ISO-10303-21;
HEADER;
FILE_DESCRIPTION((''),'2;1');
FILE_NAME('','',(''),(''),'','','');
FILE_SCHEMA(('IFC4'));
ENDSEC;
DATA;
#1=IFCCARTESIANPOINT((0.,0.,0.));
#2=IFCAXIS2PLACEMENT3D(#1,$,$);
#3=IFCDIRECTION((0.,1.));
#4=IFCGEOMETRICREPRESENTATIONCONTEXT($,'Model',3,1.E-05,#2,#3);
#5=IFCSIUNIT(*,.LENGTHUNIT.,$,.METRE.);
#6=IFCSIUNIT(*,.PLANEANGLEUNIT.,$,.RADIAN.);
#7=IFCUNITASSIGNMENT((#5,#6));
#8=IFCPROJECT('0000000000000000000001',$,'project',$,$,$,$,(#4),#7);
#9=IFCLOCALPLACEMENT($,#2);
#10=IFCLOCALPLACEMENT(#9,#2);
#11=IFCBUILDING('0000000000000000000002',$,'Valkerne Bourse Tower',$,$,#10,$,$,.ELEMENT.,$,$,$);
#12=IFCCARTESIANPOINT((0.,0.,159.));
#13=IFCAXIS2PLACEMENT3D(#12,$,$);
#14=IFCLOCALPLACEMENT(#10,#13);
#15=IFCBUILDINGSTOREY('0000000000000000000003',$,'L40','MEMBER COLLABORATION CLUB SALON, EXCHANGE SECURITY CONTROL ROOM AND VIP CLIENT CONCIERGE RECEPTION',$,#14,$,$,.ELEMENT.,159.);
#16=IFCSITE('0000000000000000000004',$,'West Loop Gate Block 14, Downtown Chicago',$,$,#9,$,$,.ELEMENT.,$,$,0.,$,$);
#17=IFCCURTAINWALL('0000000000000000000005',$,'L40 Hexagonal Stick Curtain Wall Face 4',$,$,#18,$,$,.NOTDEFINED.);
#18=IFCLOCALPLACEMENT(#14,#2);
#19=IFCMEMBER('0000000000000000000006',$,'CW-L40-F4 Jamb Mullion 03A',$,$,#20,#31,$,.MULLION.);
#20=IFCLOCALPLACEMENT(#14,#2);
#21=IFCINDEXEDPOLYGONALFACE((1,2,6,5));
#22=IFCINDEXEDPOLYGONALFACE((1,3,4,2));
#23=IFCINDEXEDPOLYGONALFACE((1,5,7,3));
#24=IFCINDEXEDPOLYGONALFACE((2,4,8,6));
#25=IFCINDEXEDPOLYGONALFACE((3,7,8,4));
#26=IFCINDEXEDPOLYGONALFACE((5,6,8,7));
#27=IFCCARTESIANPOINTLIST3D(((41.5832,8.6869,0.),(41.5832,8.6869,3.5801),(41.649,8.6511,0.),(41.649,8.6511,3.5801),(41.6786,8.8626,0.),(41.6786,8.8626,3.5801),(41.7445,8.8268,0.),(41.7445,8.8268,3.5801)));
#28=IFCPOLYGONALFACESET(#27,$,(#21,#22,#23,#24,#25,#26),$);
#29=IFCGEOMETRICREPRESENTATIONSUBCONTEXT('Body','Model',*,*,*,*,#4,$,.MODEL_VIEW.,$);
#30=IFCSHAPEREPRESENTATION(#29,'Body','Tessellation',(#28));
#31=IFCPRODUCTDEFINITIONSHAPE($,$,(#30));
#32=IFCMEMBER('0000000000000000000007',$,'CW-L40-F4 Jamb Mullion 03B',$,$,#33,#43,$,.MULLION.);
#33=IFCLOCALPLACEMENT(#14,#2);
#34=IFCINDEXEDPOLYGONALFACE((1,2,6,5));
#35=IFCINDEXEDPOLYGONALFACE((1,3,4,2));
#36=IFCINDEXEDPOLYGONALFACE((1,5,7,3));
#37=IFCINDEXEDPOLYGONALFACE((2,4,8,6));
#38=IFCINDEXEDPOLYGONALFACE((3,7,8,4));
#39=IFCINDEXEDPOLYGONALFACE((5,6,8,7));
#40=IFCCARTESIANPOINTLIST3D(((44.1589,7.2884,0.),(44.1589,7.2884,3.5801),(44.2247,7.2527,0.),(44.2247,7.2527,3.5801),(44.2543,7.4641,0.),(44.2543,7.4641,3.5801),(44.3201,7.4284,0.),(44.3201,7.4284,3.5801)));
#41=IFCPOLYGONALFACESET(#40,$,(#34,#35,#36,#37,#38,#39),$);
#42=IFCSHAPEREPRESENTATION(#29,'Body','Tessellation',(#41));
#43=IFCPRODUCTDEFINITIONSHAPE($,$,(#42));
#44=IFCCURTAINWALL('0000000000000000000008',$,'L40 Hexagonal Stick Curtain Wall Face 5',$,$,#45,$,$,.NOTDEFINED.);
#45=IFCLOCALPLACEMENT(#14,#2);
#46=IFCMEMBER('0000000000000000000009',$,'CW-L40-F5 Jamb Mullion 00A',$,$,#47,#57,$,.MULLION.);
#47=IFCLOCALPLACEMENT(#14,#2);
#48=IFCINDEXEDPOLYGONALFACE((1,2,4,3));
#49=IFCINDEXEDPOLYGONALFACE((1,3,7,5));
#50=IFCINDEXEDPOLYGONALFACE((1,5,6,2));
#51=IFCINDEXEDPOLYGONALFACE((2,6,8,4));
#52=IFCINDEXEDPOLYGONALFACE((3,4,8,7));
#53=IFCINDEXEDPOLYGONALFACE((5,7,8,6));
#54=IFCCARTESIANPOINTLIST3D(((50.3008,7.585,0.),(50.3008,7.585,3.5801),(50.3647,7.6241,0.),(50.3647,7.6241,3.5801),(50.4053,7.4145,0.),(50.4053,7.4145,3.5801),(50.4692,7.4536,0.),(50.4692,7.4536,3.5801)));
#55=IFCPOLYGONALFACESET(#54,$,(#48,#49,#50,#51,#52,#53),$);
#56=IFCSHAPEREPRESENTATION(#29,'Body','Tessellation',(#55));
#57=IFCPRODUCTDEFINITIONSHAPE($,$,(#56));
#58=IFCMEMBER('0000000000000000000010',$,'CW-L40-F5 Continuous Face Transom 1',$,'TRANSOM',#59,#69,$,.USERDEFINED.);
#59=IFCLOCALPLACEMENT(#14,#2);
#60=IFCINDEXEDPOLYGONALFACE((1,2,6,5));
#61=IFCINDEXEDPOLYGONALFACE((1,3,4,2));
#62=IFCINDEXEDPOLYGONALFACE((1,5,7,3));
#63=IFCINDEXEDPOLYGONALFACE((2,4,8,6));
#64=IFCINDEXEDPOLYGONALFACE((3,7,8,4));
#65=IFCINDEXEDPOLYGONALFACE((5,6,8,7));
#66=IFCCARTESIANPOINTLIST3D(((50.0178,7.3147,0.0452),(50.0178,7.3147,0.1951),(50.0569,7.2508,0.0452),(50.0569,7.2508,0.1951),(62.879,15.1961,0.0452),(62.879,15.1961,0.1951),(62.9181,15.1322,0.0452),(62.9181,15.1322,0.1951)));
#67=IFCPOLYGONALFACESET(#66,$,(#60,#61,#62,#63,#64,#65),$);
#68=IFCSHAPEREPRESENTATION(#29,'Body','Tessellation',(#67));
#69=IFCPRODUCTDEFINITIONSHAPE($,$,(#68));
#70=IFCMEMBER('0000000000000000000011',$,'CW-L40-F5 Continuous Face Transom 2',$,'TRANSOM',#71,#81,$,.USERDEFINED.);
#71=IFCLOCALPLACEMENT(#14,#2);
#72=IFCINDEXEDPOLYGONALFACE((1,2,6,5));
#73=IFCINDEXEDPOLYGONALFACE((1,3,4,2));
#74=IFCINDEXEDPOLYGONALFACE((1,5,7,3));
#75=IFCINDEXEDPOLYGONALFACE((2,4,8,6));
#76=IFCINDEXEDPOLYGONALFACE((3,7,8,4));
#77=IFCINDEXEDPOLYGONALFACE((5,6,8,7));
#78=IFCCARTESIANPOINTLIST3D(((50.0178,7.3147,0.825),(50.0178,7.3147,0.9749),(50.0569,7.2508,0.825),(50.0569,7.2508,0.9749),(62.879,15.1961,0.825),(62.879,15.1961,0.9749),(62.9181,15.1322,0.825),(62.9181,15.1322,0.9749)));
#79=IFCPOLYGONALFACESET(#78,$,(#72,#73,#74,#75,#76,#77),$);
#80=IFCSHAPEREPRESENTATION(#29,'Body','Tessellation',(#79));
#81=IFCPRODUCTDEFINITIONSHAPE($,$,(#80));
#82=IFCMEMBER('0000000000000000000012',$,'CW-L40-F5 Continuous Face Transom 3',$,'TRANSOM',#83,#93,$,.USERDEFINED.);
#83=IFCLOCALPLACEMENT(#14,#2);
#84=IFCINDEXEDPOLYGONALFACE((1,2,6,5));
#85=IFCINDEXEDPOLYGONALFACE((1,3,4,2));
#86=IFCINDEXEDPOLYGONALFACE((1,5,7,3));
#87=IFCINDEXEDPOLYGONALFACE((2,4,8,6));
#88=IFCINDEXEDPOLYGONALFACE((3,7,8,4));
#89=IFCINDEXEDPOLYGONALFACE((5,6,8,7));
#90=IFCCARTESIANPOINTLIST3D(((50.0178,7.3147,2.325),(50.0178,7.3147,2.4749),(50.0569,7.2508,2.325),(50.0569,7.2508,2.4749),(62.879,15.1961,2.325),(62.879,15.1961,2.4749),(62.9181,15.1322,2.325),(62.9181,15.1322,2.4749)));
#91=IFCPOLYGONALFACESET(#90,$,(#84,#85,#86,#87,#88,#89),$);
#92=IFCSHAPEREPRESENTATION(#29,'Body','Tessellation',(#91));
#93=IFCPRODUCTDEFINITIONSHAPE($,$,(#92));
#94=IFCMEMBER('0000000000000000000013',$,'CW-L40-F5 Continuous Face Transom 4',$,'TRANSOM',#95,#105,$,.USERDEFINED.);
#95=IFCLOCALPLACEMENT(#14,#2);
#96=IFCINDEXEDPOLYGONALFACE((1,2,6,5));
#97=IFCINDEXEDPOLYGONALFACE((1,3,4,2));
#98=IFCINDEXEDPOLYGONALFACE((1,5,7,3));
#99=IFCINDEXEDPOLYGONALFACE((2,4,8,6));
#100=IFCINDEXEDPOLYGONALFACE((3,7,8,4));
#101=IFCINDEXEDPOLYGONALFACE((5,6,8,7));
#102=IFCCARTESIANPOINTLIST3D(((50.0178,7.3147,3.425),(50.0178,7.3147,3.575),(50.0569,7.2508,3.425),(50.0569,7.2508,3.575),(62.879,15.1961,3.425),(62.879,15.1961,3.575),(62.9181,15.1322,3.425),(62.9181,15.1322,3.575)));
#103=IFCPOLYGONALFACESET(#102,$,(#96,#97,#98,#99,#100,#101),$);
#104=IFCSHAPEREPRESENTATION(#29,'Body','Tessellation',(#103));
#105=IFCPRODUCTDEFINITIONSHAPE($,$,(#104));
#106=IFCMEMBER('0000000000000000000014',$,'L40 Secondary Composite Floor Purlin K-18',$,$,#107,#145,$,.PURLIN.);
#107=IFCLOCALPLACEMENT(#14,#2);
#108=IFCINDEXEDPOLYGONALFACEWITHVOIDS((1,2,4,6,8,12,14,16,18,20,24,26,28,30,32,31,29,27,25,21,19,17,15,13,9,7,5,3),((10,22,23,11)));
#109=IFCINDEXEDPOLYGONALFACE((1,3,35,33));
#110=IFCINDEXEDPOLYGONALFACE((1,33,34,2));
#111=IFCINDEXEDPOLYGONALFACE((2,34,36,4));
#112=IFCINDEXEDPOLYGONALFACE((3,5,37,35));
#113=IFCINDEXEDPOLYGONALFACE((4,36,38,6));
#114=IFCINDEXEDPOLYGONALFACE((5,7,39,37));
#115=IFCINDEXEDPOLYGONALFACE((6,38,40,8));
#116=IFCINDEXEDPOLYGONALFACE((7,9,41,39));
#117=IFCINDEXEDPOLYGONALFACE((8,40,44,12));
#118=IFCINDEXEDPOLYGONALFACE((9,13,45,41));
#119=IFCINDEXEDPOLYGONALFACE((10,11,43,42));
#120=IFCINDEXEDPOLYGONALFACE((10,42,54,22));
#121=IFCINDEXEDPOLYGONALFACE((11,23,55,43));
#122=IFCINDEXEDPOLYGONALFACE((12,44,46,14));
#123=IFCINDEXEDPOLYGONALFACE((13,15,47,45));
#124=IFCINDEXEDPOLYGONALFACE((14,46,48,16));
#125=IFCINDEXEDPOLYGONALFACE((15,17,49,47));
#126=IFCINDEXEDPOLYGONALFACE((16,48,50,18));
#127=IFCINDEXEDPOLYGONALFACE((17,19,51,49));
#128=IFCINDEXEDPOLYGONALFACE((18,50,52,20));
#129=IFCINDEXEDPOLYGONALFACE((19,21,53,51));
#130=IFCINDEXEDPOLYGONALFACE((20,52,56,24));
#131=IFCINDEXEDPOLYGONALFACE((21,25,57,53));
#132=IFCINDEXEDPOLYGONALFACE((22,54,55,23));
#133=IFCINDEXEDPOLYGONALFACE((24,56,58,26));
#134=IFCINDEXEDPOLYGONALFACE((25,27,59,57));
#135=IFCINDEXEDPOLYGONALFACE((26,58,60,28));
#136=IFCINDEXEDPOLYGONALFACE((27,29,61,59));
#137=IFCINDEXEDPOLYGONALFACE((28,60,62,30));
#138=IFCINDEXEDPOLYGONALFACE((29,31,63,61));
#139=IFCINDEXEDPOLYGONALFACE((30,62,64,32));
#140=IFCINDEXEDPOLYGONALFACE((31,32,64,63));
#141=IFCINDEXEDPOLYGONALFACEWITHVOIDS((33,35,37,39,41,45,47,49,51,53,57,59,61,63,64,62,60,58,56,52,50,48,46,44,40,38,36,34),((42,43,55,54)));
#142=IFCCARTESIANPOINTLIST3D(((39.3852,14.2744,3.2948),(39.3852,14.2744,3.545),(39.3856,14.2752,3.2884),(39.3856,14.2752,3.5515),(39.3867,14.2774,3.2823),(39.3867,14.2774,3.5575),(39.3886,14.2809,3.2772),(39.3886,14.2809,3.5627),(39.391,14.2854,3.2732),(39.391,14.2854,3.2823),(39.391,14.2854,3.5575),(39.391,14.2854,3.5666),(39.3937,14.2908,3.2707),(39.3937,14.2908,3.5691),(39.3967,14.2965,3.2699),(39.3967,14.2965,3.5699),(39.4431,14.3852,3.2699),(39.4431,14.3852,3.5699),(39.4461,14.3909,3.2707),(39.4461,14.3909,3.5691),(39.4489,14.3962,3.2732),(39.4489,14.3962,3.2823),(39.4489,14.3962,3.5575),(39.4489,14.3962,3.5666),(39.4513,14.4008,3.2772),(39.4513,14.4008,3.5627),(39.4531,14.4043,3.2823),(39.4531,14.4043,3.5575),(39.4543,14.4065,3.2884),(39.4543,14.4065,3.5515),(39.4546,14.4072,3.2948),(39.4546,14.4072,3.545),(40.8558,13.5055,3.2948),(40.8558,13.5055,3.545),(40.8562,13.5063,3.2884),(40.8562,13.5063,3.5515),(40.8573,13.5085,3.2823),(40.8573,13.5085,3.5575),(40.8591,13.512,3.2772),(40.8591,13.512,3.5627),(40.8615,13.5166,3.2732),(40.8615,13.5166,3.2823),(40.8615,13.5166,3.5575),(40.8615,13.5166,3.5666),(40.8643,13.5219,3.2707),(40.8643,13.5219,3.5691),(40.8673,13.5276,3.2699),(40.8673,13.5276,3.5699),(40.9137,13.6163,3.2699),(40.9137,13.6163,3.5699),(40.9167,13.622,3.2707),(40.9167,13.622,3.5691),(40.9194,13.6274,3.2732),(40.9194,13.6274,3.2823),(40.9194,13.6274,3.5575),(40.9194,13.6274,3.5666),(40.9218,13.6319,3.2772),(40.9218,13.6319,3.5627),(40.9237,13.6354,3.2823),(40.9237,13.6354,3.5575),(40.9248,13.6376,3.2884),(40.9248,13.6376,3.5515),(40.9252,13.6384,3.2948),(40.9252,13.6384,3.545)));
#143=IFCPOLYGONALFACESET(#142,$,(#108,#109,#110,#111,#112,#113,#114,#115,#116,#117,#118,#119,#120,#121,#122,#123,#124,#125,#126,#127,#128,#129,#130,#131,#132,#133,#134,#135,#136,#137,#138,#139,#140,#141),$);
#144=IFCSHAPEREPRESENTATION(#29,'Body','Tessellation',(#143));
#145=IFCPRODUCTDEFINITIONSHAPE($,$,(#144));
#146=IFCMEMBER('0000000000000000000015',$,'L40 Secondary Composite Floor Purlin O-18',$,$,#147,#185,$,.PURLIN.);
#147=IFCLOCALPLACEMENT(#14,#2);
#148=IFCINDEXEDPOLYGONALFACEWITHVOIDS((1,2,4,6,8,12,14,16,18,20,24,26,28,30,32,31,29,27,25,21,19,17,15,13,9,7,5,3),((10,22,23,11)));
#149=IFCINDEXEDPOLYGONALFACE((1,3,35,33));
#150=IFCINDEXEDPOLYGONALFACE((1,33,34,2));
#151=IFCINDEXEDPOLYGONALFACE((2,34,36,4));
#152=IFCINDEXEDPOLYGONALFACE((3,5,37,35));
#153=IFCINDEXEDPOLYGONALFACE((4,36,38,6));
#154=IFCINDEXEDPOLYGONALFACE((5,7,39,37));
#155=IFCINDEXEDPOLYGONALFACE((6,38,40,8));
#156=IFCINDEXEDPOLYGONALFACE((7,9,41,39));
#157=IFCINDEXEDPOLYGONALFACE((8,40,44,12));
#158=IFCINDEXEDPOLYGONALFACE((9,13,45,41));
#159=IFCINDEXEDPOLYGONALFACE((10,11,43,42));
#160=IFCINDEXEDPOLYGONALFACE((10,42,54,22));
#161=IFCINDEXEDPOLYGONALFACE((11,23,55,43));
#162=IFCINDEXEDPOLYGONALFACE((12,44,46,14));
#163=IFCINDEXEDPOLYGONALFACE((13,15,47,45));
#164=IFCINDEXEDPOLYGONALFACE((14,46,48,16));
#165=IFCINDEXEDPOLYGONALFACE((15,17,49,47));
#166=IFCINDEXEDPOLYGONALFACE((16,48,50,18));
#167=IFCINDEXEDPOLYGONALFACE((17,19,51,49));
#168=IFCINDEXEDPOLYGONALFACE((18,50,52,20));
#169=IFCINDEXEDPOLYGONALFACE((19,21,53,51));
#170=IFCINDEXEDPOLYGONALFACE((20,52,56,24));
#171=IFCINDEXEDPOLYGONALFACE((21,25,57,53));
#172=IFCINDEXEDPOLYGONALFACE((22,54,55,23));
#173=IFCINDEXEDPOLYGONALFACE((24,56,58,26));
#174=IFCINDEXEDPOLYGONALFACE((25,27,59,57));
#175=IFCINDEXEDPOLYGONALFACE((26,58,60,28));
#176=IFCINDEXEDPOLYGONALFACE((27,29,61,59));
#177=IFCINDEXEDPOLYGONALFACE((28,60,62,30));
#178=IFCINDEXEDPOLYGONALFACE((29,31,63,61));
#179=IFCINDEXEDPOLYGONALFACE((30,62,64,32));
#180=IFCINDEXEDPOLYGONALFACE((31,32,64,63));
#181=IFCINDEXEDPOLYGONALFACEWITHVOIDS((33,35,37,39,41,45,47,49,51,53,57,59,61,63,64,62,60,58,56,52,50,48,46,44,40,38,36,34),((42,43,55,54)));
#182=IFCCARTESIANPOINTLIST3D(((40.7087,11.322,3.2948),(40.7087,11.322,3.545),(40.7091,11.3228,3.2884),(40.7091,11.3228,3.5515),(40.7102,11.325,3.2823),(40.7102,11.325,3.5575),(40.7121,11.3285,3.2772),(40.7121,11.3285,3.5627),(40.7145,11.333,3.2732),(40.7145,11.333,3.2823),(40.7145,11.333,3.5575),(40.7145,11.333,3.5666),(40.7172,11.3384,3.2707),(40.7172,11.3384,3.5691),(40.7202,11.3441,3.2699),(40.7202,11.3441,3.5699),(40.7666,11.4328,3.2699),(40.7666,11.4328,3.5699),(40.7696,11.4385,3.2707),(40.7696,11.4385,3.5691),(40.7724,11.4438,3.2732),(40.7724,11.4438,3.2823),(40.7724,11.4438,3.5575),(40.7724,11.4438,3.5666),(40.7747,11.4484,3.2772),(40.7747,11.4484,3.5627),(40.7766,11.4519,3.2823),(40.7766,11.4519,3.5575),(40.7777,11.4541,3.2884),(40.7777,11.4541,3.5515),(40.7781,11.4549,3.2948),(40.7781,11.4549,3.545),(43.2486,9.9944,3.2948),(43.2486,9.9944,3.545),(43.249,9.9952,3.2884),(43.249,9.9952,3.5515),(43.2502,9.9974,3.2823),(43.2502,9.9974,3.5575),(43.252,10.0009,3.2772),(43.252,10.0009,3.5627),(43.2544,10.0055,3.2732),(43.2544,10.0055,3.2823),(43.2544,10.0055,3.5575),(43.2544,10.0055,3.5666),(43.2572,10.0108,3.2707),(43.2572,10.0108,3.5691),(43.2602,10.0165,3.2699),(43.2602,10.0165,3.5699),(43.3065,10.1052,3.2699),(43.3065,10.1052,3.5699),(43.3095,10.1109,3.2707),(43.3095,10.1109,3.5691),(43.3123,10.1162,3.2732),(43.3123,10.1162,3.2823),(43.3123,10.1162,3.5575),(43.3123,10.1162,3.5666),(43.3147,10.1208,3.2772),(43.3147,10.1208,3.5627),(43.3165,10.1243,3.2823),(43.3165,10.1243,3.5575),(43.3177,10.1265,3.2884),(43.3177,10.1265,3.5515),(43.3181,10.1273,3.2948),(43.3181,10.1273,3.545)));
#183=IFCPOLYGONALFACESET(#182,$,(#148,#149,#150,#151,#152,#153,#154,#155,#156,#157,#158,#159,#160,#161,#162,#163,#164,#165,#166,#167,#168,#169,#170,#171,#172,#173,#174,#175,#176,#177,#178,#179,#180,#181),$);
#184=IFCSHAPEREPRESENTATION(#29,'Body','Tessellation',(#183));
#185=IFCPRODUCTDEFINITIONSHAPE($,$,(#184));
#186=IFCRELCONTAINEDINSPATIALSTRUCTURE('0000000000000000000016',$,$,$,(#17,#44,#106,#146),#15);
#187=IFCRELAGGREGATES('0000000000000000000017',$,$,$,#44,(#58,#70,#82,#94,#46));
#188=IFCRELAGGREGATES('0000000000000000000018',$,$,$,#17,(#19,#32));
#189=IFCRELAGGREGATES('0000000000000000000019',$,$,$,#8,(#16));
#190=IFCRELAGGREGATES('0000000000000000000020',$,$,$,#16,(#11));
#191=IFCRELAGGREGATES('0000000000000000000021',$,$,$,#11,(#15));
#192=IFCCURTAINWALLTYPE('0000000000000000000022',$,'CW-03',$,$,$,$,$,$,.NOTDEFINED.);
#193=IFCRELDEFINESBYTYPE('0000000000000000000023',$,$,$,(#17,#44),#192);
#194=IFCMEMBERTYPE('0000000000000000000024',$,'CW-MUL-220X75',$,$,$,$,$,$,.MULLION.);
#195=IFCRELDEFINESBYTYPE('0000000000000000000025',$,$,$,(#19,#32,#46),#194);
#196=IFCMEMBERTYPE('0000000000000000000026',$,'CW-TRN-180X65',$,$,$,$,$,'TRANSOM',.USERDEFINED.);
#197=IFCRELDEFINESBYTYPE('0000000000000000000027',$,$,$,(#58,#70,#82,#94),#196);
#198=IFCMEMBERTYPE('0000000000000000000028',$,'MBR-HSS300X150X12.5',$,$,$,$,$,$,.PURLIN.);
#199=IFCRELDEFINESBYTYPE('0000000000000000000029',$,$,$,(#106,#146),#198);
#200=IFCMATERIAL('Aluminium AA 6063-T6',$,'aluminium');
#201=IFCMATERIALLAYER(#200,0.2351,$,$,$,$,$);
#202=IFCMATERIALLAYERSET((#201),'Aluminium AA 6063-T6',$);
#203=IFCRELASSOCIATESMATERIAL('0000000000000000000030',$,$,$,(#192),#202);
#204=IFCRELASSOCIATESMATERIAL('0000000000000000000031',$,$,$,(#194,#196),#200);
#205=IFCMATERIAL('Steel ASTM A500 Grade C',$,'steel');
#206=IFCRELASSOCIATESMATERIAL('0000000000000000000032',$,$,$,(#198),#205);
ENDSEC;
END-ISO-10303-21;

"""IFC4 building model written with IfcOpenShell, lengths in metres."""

from ifc_helpers import new_model, si_unit, direction, frame, origin, origin_2d, place, context, subcontext, project, spatial, rectangle, hollow_rectangle, extrude, material, layer, layer_set, material_profile, profile_set, type_object, element, aggregate, save


model = new_model("IFC4")

# Units and contexts
model_context = context("Model", 3, precision=1e-05, world=origin(), true_north=direction((0.0, 1.0)))
body_context = subcontext(model_context, "Body", "Model", "MODEL_VIEW")
ifc_project = project(units=[si_unit("LENGTHUNIT", "METRE"), si_unit("PLANEANGLEUNIT", "RADIAN")], contexts=[model_context])

# Site, building, storey
site_placement = place(None, origin())
site = spatial("IfcSite", under=ifc_project, at=site_placement, Name="West Loop Gate Block 14, Downtown Chicago", CompositionType="ELEMENT", RefElevation=0.0)
building_placement = place(site_placement, origin())
building = spatial("IfcBuilding", under=site, at=building_placement, Name="Valkerne Bourse Tower", CompositionType="ELEMENT")
storey_placement = place(building_placement, frame((0.0, 0.0, 159.0)))
storey = spatial("IfcBuildingStorey", under=building, at=storey_placement, Name="L40", Description="MEMBER COLLABORATION CLUB SALON, EXCHANGE SECURITY CONTROL ROOM AND VIP CLIENT CONCIERGE RECEPTION", CompositionType="ELEMENT", Elevation=159.0)

# Curtain walls, members
ifc_material_1 = material(Name="Aluminium AA 6063-T6", Category="aluminium")
ifc_layer_1 = layer(ifc_material_1, 0.2351)
ifc_layer_set_1 = layer_set([ifc_layer_1], Name="Aluminium AA 6063-T6")
curtain_wall_type = type_object("IfcCurtainWallType", Name="CW-03", PredefinedType="NOTDEFINED", material=ifc_layer_set_1)
curtain_wall_1_placement = place(storey_placement, origin())
curtain_wall_1 = element("IfcCurtainWall", 1, at=curtain_wall_1_placement, inside=storey, type_object=curtain_wall_type, Name="L40 Hexagonal Stick Curtain Wall Face 4", PredefinedType="NOTDEFINED")
ifc_material_profile_1 = material_profile(ifc_material_1, rectangle(XDim=0.075, YDim=0.2, at=origin_2d()), Name="CWM-75X200")
ifc_profile_set_1 = profile_set([ifc_material_profile_1], Name="Aluminium AA 6063-T6")
member_type_1 = type_object("IfcMemberType", Name="CW-MUL-220X75", PredefinedType="MULLION", material=ifc_profile_set_1)
member_1_placement = place(storey_placement, frame((41.6638, 8.7568, 0.0), z_axis=(0.0, 0.0, 1.0), x_axis=(0.878812, -0.477168, 0.0)))
member_1 = element("IfcMember", 2, at=member_1_placement, type_object=member_type_1, Name="CW-L40-F4 Jamb Mullion 03A", PredefinedType="MULLION", context=body_context, shape_type="SweptSolid", body=[
    extrude(rectangle(XDim=0.075, YDim=0.2, at=origin_2d()), origin(), (0.0, 0.0, 1.0), 3.5801),
])
member_2_placement = place(storey_placement, frame((44.2395, 7.3584, 0.0), z_axis=(0.0, 0.0, 1.0), x_axis=(0.878812, -0.477168, 0.0)))
member_2 = element("IfcMember", 3, at=member_2_placement, type_object=member_type_1, Name="CW-L40-F4 Jamb Mullion 03B", PredefinedType="MULLION", context=body_context, shape_type="SweptSolid", body=[
    extrude(rectangle(XDim=0.075, YDim=0.2, at=origin_2d()), origin(), (0.0, 0.0, 1.0), 3.5801),
])
curtain_wall_2_placement = place(storey_placement, origin())
curtain_wall_2 = element("IfcCurtainWall", 4, at=curtain_wall_2_placement, inside=storey, type_object=curtain_wall_type, Name="L40 Hexagonal Stick Curtain Wall Face 5", PredefinedType="NOTDEFINED")
member_3_placement = place(storey_placement, frame((50.385, 7.5193, 0.0), z_axis=(0.0, 0.0, 1.0), x_axis=(0.852645, 0.522491, 0.0)))
member_3 = element("IfcMember", 5, at=member_3_placement, type_object=member_type_1, Name="CW-L40-F5 Jamb Mullion 00A", PredefinedType="MULLION", context=body_context, shape_type="SweptSolid", body=[
    extrude(rectangle(XDim=0.075, YDim=0.2, at=origin_2d()), origin(), (0.0, 0.0, 1.0), 3.5801),
])
ifc_material_profile_2 = material_profile(ifc_material_1, rectangle(XDim=0.075, YDim=0.1499, at=origin_2d()), Name="CWT-75X150")
ifc_profile_set_2 = profile_set([ifc_material_profile_2], Name="Aluminium AA 6063-T6")
member_type_2 = type_object("IfcMemberType", Name="CW-TRN-180X65", ElementType="TRANSOM", PredefinedType="USERDEFINED", material=ifc_profile_set_2)
member_4_placement = place(storey_placement, frame((50.0374, 7.2827, 0.1201), z_axis=(0.852638, 0.522502, 0.0), x_axis=(-0.522502, 0.852638, 0.0)))
member_4 = element("IfcMember", 6, at=member_4_placement, type_object=member_type_2, Name="CW-L40-F5 Continuous Face Transom 1", ObjectType="TRANSOM", PredefinedType="USERDEFINED", context=body_context, shape_type="SweptSolid", body=[
    extrude(rectangle(XDim=0.075, YDim=0.1499, at=origin_2d()), origin(), (0.0, 0.0, 1.0), 15.084),
])
member_5_placement = place(storey_placement, frame((50.0374, 7.2827, 0.8999), z_axis=(0.852638, 0.522502, 0.0), x_axis=(-0.522502, 0.852638, 0.0)))
member_5 = element("IfcMember", 7, at=member_5_placement, type_object=member_type_2, Name="CW-L40-F5 Continuous Face Transom 2", ObjectType="TRANSOM", PredefinedType="USERDEFINED", context=body_context, shape_type="SweptSolid", body=[
    extrude(rectangle(XDim=0.075, YDim=0.1499, at=origin_2d()), origin(), (0.0, 0.0, 1.0), 15.084),
])
member_6_placement = place(storey_placement, frame((50.0374, 7.2827, 2.3999), z_axis=(0.852638, 0.522502, 0.0), x_axis=(-0.522502, 0.852638, 0.0)))
member_6 = element("IfcMember", 8, at=member_6_placement, type_object=member_type_2, Name="CW-L40-F5 Continuous Face Transom 3", ObjectType="TRANSOM", PredefinedType="USERDEFINED", context=body_context, shape_type="SweptSolid", body=[
    extrude(rectangle(XDim=0.075, YDim=0.1499, at=origin_2d()), origin(), (0.0, 0.0, 1.0), 15.084),
])
member_7_placement = place(storey_placement, frame((50.0374, 7.2827, 3.5), z_axis=(0.852638, 0.522502, 0.0), x_axis=(-0.522502, 0.852638, 0.0)))
member_7 = element("IfcMember", 9, at=member_7_placement, type_object=member_type_2, Name="CW-L40-F5 Continuous Face Transom 4", ObjectType="TRANSOM", PredefinedType="USERDEFINED", context=body_context, shape_type="SweptSolid", body=[
    extrude(rectangle(XDim=0.075, YDim=0.1499, at=origin_2d()), origin(), (0.0, 0.0, 1.0), 15.084),
])
aggregate(curtain_wall_2, [member_4, member_5, member_6, member_7, member_3])

# Members
ifc_material_2 = material(Name="Steel ASTM A500 Grade C", Category="steel")
ifc_material_profile_3 = material_profile(ifc_material_2, hollow_rectangle(XDim=0.1499, YDim=0.3, WallThickness=0.0125, OuterFilletRadius=0.0249, at=origin_2d()), Name="HSS300X150X12.5")
ifc_profile_set_3 = profile_set([ifc_material_profile_3], Name="Steel ASTM A500 Grade C")
member_type_3 = type_object("IfcMemberType", Name="MBR-HSS300X150X12.5", PredefinedType="PURLIN", material=ifc_profile_set_3)
member_8_placement = place(storey_placement, frame((39.4199, 14.3408, 3.4199), z_axis=(0.886188, -0.463325, 0.0), x_axis=(0.463325, 0.886188, 0.0)))
element("IfcMember", 10, at=member_8_placement, inside=storey, type_object=member_type_3, Name="L40 Secondary Composite Floor Purlin K-18", PredefinedType="PURLIN", context=body_context, shape_type="SweptSolid", body=[
    extrude(hollow_rectangle(XDim=0.1499, YDim=0.3, WallThickness=0.0125, OuterFilletRadius=0.0249, at=origin_2d()), origin(), (0.0, 0.0, 1.0), 1.6594),
])
member_9_placement = place(storey_placement, frame((40.7434, 11.3884, 3.4199), z_axis=(0.886241, -0.463224, 0.0), x_axis=(0.463224, 0.886241, 0.0)))
element("IfcMember", 11, at=member_9_placement, inside=storey, type_object=member_type_3, Name="L40 Secondary Composite Floor Purlin O-18", PredefinedType="PURLIN", context=body_context, shape_type="SweptSolid", body=[
    extrude(hollow_rectangle(XDim=0.1499, YDim=0.3, WallThickness=0.0125, OuterFilletRadius=0.0249, at=origin_2d()), origin(), (0.0, 0.0, 1.0), 2.866),
])

aggregate(curtain_wall_1, [member_1, member_2])

save(model, "model.ifc")
